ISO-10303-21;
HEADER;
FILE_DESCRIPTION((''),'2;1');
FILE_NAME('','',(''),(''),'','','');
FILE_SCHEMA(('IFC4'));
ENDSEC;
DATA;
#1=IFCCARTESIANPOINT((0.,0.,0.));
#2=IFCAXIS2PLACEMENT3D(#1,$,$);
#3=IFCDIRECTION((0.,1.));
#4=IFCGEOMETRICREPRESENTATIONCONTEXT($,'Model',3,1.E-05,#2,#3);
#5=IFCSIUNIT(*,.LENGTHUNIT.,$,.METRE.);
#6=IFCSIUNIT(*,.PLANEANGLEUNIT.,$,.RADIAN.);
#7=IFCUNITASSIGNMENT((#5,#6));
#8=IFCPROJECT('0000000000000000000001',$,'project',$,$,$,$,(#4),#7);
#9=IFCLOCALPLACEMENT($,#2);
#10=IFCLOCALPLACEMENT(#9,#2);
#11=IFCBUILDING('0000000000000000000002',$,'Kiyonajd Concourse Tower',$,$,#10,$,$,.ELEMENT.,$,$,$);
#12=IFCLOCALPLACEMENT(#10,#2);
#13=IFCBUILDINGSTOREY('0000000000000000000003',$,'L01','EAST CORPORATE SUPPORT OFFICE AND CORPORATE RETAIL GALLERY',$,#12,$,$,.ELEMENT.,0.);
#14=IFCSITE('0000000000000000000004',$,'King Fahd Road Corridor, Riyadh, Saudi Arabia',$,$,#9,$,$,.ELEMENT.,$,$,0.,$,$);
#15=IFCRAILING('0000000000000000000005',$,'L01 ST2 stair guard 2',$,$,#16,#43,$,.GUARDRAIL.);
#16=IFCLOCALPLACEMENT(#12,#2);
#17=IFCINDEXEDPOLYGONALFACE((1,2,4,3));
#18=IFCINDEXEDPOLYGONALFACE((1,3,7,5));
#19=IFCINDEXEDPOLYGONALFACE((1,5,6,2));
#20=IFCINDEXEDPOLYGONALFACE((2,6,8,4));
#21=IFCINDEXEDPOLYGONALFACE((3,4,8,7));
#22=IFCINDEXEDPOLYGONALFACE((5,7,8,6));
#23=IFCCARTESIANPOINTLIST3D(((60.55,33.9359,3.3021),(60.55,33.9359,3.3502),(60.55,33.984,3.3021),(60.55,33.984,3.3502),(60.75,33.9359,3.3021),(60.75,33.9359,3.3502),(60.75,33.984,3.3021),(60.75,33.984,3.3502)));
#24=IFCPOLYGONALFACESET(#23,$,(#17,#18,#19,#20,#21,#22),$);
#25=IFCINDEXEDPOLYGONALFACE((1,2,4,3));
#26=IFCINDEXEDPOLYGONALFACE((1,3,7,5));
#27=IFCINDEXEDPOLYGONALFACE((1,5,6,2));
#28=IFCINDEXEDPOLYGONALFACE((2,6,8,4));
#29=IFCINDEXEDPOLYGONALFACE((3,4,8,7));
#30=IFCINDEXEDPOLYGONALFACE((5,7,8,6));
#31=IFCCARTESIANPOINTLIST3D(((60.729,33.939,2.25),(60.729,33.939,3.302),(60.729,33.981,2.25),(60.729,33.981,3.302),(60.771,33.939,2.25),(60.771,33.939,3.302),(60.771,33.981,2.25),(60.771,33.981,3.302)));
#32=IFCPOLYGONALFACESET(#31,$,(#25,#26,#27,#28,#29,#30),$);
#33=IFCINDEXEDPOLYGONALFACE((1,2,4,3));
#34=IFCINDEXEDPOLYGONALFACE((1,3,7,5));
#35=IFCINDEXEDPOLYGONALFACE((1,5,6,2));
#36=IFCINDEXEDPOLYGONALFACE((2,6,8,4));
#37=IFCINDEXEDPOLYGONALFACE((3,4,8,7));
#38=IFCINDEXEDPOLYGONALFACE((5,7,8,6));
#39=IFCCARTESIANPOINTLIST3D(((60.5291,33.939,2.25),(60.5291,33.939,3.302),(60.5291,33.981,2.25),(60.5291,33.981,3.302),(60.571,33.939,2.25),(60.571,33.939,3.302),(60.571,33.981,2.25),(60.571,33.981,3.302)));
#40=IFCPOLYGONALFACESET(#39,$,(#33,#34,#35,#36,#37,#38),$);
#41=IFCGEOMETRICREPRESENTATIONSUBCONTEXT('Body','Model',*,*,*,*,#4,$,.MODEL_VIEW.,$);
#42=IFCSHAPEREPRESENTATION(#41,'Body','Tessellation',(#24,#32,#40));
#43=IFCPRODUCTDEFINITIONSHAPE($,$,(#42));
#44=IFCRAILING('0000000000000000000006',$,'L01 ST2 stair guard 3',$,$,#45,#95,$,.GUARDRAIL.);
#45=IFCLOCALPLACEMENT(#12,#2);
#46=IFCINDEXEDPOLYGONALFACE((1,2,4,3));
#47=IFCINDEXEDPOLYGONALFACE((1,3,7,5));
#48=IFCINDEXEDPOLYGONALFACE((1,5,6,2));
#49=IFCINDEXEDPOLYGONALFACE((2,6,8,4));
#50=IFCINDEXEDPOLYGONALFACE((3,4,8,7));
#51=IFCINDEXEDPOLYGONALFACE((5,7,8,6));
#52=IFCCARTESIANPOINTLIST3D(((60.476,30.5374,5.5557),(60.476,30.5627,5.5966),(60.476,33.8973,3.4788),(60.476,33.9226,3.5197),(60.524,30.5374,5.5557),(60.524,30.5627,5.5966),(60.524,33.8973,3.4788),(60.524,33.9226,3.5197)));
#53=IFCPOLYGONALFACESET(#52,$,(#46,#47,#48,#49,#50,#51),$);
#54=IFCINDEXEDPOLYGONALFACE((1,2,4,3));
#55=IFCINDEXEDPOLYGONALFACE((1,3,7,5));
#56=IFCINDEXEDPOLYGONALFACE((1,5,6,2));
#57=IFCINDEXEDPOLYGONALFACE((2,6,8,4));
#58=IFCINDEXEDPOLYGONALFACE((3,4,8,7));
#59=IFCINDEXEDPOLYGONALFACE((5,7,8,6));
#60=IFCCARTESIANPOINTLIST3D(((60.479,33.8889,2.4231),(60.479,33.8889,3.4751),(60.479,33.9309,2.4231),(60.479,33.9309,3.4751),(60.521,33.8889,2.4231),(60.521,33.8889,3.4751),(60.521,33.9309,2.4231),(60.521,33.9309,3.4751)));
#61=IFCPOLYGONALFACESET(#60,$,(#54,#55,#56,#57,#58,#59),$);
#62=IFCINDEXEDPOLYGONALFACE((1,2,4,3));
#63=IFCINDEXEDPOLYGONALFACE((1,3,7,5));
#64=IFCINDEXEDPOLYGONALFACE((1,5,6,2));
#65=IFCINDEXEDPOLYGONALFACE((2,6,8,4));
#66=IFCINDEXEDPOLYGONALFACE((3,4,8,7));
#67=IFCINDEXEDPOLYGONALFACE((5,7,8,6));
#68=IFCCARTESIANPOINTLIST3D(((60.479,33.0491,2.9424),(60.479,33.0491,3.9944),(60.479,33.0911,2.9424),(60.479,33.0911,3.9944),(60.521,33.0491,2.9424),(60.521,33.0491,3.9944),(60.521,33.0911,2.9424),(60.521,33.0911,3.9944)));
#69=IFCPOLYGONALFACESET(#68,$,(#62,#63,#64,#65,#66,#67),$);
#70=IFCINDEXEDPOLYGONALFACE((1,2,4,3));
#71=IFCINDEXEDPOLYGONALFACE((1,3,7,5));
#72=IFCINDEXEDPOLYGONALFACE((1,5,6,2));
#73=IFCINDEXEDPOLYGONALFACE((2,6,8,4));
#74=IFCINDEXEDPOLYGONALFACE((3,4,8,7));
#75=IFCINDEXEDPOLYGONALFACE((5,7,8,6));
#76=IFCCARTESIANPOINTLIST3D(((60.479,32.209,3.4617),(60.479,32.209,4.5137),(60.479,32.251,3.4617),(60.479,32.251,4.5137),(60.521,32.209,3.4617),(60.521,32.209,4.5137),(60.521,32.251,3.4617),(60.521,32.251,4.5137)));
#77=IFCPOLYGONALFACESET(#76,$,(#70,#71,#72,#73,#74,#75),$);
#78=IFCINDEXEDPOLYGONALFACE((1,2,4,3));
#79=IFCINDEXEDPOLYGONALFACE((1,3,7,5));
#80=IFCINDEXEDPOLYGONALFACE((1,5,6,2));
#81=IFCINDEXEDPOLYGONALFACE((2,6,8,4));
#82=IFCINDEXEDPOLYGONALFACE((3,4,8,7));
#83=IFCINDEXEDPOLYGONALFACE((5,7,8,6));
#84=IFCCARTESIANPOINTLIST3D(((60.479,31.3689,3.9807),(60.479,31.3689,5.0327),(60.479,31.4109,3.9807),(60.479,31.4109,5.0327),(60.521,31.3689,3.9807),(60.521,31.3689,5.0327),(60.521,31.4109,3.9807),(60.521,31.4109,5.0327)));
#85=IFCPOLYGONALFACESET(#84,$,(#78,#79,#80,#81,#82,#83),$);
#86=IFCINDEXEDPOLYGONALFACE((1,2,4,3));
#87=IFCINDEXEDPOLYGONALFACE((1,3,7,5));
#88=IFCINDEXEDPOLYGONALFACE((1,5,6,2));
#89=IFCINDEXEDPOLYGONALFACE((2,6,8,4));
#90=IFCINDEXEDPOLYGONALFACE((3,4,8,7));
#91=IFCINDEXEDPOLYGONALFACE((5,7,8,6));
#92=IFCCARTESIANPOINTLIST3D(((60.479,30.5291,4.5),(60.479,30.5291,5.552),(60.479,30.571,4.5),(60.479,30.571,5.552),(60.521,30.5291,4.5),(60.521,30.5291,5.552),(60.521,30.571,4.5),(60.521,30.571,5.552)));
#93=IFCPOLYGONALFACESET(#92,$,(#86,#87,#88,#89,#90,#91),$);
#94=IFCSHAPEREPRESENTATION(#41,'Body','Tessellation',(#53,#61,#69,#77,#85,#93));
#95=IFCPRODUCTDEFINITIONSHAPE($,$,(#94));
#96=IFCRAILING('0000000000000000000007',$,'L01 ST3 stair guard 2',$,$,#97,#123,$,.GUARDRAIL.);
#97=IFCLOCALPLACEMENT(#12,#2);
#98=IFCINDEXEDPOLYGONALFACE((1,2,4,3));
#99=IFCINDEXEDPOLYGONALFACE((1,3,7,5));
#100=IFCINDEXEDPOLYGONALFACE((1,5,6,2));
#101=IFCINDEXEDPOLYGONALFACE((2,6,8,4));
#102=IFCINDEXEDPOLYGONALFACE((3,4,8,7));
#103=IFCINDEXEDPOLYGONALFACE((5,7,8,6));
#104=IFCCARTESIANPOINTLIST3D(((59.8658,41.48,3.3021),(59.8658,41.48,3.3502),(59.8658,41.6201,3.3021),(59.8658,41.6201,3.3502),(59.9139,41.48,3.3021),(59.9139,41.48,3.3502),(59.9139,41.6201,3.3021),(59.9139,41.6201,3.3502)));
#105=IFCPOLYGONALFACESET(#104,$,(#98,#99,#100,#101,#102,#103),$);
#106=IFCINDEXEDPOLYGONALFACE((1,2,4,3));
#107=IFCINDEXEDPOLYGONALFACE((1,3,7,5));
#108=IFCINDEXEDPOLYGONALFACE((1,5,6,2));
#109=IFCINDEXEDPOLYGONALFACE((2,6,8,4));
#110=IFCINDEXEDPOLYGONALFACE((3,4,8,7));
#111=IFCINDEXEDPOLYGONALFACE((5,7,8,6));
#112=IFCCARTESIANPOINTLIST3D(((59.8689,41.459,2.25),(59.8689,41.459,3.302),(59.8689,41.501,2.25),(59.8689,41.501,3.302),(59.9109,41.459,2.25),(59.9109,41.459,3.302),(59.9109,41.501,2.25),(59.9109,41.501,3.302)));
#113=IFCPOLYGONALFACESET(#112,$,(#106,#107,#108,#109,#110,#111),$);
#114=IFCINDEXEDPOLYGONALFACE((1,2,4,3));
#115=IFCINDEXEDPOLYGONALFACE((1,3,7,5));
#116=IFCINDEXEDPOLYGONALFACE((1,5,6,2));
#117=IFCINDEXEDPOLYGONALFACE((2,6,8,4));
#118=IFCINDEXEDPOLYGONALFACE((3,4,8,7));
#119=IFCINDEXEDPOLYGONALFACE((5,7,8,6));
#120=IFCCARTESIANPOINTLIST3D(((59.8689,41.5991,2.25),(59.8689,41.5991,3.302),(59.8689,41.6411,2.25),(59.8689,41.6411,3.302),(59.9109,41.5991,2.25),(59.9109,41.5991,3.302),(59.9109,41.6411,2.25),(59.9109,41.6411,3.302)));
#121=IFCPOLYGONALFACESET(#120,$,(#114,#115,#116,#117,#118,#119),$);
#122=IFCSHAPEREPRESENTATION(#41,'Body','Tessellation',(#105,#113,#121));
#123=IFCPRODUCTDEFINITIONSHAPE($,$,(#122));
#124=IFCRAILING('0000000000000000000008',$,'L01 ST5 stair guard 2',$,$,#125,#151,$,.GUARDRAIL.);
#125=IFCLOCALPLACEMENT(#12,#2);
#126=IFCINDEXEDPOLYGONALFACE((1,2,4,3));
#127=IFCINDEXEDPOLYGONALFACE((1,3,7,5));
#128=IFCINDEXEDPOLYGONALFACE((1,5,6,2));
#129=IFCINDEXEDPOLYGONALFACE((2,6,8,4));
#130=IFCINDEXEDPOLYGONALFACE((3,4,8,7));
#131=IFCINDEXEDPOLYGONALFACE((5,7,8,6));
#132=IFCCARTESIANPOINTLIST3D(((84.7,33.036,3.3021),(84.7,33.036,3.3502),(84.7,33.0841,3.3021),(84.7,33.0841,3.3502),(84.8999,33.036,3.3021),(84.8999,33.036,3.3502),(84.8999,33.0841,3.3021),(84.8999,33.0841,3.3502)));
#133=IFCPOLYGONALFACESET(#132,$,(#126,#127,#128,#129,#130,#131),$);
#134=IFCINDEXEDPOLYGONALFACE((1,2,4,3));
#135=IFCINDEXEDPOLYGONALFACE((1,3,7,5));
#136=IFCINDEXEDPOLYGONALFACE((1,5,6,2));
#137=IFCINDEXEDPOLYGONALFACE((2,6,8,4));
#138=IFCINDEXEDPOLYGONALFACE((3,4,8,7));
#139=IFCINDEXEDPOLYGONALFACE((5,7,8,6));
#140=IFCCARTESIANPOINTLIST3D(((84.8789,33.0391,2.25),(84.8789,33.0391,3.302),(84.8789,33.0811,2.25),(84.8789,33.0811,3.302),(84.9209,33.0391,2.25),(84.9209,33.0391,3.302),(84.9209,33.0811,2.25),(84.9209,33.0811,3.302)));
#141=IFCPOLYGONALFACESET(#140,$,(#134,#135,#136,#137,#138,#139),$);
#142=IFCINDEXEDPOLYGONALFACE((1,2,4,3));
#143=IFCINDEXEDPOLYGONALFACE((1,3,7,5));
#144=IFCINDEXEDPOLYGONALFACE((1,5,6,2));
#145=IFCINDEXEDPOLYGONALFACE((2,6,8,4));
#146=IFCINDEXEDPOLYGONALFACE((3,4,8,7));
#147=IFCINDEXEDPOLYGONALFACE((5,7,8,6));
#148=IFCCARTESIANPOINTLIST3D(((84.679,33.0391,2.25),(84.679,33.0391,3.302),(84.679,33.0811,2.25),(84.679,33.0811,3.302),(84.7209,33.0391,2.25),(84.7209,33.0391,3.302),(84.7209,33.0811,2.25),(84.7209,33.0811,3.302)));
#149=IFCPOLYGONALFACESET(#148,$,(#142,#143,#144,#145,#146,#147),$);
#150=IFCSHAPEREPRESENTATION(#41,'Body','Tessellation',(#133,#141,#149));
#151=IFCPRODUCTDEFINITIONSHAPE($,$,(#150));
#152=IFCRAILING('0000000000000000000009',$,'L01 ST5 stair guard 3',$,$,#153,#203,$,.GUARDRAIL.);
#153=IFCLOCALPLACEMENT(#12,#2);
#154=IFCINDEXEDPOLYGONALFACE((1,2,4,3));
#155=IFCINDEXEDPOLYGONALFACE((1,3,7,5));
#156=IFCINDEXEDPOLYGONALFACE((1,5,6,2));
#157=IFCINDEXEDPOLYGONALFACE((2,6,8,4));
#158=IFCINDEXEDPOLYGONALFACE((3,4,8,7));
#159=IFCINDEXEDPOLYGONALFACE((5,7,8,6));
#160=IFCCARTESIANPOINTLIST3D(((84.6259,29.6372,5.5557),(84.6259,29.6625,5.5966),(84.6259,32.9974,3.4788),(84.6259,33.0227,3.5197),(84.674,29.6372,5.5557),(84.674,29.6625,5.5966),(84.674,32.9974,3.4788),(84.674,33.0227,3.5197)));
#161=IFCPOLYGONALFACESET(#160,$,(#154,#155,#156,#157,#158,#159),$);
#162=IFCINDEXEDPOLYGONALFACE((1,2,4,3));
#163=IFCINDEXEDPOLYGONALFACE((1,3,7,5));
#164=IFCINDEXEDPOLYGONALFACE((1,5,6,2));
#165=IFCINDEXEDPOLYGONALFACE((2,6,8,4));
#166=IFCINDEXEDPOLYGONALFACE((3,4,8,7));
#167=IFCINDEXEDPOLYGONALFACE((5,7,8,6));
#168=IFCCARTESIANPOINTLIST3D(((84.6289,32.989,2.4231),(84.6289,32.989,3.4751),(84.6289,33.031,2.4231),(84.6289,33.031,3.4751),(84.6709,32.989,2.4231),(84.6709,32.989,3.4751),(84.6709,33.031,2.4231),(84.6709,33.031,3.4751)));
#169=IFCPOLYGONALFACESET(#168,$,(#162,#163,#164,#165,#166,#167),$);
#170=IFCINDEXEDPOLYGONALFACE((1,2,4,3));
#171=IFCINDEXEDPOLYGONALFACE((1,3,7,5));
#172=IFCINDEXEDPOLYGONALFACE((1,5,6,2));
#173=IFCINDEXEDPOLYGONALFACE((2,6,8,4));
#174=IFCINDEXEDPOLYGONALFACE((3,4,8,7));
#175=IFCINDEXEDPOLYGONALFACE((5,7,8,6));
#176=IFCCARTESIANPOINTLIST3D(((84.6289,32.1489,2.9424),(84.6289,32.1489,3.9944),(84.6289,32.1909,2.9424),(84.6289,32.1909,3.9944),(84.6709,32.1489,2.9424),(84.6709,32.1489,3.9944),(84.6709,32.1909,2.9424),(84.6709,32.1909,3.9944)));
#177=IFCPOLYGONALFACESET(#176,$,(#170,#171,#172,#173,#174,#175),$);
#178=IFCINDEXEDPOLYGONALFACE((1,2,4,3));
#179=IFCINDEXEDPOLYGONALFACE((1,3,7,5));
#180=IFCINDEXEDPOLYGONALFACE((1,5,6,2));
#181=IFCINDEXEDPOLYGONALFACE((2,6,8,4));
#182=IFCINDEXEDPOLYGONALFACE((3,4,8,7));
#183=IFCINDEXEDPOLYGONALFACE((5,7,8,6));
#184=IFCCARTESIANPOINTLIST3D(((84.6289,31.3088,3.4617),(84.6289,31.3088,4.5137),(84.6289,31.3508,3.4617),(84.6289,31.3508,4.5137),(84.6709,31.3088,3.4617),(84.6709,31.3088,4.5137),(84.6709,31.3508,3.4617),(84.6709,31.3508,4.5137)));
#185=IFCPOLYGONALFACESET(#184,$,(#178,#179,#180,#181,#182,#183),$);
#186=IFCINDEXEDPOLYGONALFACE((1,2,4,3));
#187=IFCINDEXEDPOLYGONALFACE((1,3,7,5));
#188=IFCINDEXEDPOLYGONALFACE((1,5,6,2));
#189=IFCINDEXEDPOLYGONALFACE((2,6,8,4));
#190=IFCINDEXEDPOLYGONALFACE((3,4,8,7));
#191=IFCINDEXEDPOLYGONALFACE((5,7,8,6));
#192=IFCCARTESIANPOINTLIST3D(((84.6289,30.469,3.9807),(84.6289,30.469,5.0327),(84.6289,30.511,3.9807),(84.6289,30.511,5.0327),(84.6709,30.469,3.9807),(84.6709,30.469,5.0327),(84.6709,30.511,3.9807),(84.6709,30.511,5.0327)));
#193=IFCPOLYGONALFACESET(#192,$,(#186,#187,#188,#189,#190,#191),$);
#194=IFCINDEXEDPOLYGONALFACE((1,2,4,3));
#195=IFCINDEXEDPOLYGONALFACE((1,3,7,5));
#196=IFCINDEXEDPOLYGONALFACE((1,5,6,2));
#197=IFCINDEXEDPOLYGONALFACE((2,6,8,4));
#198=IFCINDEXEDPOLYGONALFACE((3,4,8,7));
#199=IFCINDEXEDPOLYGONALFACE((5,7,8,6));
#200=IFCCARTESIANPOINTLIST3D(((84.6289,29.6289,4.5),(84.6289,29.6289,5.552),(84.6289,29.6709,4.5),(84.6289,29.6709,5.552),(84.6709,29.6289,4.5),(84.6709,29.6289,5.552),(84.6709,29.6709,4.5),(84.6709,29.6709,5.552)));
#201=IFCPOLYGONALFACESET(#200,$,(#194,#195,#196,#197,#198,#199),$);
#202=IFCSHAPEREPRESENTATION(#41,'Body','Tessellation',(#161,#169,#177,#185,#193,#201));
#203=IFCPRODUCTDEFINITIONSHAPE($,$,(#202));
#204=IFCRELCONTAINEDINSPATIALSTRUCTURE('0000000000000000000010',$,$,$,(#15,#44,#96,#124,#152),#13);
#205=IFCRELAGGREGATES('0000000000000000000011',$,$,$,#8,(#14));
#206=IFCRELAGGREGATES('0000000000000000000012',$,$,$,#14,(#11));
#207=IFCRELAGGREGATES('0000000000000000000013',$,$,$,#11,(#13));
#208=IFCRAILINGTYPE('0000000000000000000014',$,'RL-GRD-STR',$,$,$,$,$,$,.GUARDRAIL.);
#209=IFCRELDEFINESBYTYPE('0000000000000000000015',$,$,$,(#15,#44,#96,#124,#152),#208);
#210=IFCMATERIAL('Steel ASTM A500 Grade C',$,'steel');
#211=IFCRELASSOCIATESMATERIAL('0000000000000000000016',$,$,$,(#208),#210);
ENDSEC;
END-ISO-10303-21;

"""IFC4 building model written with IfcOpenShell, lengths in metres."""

from ifc_helpers import new_model, si_unit, direction, frame, origin, origin_2d, place, context, subcontext, project, spatial, rectangle, extrude, material, type_object, element, save


model = new_model("IFC4")

# Units and contexts
model_context = context("Model", 3, precision=1e-05, world=origin(), true_north=direction((0.0, 1.0)))
body_context = subcontext(model_context, "Body", "Model", "MODEL_VIEW")
ifc_project = project(units=[si_unit("LENGTHUNIT", "METRE"), si_unit("PLANEANGLEUNIT", "RADIAN")], contexts=[model_context])

# Site, building, storey
site_placement = place(None, origin())
site = spatial("IfcSite", under=ifc_project, at=site_placement, Name="King Fahd Road Corridor, Riyadh, Saudi Arabia", CompositionType="ELEMENT", RefElevation=0.0)
building_placement = place(site_placement, origin())
building = spatial("IfcBuilding", under=site, at=building_placement, Name="Kiyonajd Concourse Tower", CompositionType="ELEMENT")
storey_placement = place(building_placement, origin())
storey = spatial("IfcBuildingStorey", under=building, at=storey_placement, Name="L01", Description="EAST CORPORATE SUPPORT OFFICE AND CORPORATE RETAIL GALLERY", CompositionType="ELEMENT", Elevation=0.0)

# Railings
ifc_material_1 = material(Name="Steel ASTM A500 Grade C", Category="steel")
railing_type_1 = type_object("IfcRailingType", Name="RL-GRD-STR", PredefinedType="GUARDRAIL", material=ifc_material_1)
railing_1_placement = place(storey_placement, frame((60.75, 33.96, 2.25)))
element("IfcRailing", 1, at=railing_1_placement, inside=storey, type_object=railing_type_1, Name="L01 ST2 stair guard 2", PredefinedType="GUARDRAIL", context=body_context, shape_type="SweptSolid", body=[
    extrude(rectangle(XDim=0.0481, YDim=0.0481, at=origin_2d()), frame((0.0, 0.0, 1.0762), z_axis=(-1.0, 0.0, 0.0), x_axis=(0.0, -1.0, 0.0)), (0.0, 0.0, 1.0), 0.2),
    extrude(rectangle(XDim=0.042, YDim=0.042, at=origin_2d()), origin(), (0.0, 0.0, 1.0), 1.052),
    extrude(rectangle(XDim=0.042, YDim=0.042, at=origin_2d()), frame((-0.2, 0.0, 0.0)), (0.0, 0.0, 1.0), 1.052),
])
railing_2_placement = place(storey_placement, frame((60.5, 33.9099, 2.4231)))
element("IfcRailing", 2, at=railing_2_placement, inside=storey, type_object=railing_type_1, Name="L01 ST2 stair guard 3", PredefinedType="GUARDRAIL", context=body_context, shape_type="SweptSolid", body=[
    extrude(rectangle(XDim=0.0481, YDim=0.0481, at=origin_2d()), frame((0.0, 0.0, 1.0762), z_axis=(0.0, -0.850606, 0.525803), x_axis=(1.0, 0.0, 0.0)), (0.0, 0.0, 1.0), 3.95),
    extrude(rectangle(XDim=0.042, YDim=0.042, at=origin_2d()), origin(), (0.0, 0.0, 1.0), 1.052),
    extrude(rectangle(XDim=0.042, YDim=0.042, at=origin_2d()), frame((0.0, -0.8398, 0.5193)), (0.0, 0.0, 1.0), 1.052),
    extrude(rectangle(XDim=0.042, YDim=0.042, at=origin_2d()), frame((0.0, -1.6799, 1.0386)), (0.0, 0.0, 1.0), 1.052),
    extrude(rectangle(XDim=0.042, YDim=0.042, at=origin_2d()), frame((0.0, -2.52, 1.5576)), (0.0, 0.0, 1.0), 1.052),
    extrude(rectangle(XDim=0.042, YDim=0.042, at=origin_2d()), frame((0.0, -3.3599, 2.0769)), (0.0, 0.0, 1.0), 1.052),
])
railing_3_placement = place(storey_placement, frame((59.8899, 41.48, 2.25)))
element("IfcRailing", 3, at=railing_3_placement, inside=storey, type_object=railing_type_1, Name="L01 ST3 stair guard 2", PredefinedType="GUARDRAIL", context=body_context, shape_type="SweptSolid", body=[
    extrude(rectangle(XDim=0.0481, YDim=0.0481, at=origin_2d()), frame((0.0, 0.0, 1.0762), z_axis=(0.0, 1.0, 0.0), x_axis=(-1.0, 0.0, 0.0)), (0.0, 0.0, 1.0), 0.1401),
    extrude(rectangle(XDim=0.042, YDim=0.042, at=origin_2d()), origin(), (0.0, 0.0, 1.0), 1.052),
    extrude(rectangle(XDim=0.042, YDim=0.042, at=origin_2d()), frame((0.0, 0.1401, 0.0)), (0.0, 0.0, 1.0), 1.052),
])
railing_4_placement = place(storey_placement, frame((84.8999, 33.0601, 2.25)))
element("IfcRailing", 4, at=railing_4_placement, inside=storey, type_object=railing_type_1, Name="L01 ST5 stair guard 2", PredefinedType="GUARDRAIL", context=body_context, shape_type="SweptSolid", body=[
    extrude(rectangle(XDim=0.0481, YDim=0.0481, at=origin_2d()), frame((0.0, 0.0, 1.0762), z_axis=(-1.0, 0.0, 0.0), x_axis=(0.0, -1.0, 0.0)), (0.0, 0.0, 1.0), 0.2),
    extrude(rectangle(XDim=0.042, YDim=0.042, at=origin_2d()), origin(), (0.0, 0.0, 1.0), 1.052),
    extrude(rectangle(XDim=0.042, YDim=0.042, at=origin_2d()), frame((-0.2, 0.0, 0.0)), (0.0, 0.0, 1.0), 1.052),
])
railing_5_placement = place(storey_placement, frame((84.6499, 33.01, 2.4231)))
element("IfcRailing", 5, at=railing_5_placement, inside=storey, type_object=railing_type_1, Name="L01 ST5 stair guard 3", PredefinedType="GUARDRAIL", context=body_context, shape_type="SweptSolid", body=[
    extrude(rectangle(XDim=0.0481, YDim=0.0481, at=origin_2d()), frame((0.0, 0.0, 1.0762), z_axis=(0.0, -0.850623, 0.525776), x_axis=(1.0, 0.0, 0.0)), (0.0, 0.0, 1.0), 3.9502),
    extrude(rectangle(XDim=0.042, YDim=0.042, at=origin_2d()), origin(), (0.0, 0.0, 1.0), 1.052),
    extrude(rectangle(XDim=0.042, YDim=0.042, at=origin_2d()), frame((0.0, -0.8401, 0.5193)), (0.0, 0.0, 1.0), 1.052),
    extrude(rectangle(XDim=0.042, YDim=0.042, at=origin_2d()), frame((0.0, -1.6802, 1.0386)), (0.0, 0.0, 1.0), 1.052),
    extrude(rectangle(XDim=0.042, YDim=0.042, at=origin_2d()), frame((0.0, -2.52, 1.5576)), (0.0, 0.0, 1.0), 1.052),
    extrude(rectangle(XDim=0.042, YDim=0.042, at=origin_2d()), frame((0.0, -3.3601, 2.0769)), (0.0, 0.0, 1.0), 1.052),
])

save(model, "model.ifc")
